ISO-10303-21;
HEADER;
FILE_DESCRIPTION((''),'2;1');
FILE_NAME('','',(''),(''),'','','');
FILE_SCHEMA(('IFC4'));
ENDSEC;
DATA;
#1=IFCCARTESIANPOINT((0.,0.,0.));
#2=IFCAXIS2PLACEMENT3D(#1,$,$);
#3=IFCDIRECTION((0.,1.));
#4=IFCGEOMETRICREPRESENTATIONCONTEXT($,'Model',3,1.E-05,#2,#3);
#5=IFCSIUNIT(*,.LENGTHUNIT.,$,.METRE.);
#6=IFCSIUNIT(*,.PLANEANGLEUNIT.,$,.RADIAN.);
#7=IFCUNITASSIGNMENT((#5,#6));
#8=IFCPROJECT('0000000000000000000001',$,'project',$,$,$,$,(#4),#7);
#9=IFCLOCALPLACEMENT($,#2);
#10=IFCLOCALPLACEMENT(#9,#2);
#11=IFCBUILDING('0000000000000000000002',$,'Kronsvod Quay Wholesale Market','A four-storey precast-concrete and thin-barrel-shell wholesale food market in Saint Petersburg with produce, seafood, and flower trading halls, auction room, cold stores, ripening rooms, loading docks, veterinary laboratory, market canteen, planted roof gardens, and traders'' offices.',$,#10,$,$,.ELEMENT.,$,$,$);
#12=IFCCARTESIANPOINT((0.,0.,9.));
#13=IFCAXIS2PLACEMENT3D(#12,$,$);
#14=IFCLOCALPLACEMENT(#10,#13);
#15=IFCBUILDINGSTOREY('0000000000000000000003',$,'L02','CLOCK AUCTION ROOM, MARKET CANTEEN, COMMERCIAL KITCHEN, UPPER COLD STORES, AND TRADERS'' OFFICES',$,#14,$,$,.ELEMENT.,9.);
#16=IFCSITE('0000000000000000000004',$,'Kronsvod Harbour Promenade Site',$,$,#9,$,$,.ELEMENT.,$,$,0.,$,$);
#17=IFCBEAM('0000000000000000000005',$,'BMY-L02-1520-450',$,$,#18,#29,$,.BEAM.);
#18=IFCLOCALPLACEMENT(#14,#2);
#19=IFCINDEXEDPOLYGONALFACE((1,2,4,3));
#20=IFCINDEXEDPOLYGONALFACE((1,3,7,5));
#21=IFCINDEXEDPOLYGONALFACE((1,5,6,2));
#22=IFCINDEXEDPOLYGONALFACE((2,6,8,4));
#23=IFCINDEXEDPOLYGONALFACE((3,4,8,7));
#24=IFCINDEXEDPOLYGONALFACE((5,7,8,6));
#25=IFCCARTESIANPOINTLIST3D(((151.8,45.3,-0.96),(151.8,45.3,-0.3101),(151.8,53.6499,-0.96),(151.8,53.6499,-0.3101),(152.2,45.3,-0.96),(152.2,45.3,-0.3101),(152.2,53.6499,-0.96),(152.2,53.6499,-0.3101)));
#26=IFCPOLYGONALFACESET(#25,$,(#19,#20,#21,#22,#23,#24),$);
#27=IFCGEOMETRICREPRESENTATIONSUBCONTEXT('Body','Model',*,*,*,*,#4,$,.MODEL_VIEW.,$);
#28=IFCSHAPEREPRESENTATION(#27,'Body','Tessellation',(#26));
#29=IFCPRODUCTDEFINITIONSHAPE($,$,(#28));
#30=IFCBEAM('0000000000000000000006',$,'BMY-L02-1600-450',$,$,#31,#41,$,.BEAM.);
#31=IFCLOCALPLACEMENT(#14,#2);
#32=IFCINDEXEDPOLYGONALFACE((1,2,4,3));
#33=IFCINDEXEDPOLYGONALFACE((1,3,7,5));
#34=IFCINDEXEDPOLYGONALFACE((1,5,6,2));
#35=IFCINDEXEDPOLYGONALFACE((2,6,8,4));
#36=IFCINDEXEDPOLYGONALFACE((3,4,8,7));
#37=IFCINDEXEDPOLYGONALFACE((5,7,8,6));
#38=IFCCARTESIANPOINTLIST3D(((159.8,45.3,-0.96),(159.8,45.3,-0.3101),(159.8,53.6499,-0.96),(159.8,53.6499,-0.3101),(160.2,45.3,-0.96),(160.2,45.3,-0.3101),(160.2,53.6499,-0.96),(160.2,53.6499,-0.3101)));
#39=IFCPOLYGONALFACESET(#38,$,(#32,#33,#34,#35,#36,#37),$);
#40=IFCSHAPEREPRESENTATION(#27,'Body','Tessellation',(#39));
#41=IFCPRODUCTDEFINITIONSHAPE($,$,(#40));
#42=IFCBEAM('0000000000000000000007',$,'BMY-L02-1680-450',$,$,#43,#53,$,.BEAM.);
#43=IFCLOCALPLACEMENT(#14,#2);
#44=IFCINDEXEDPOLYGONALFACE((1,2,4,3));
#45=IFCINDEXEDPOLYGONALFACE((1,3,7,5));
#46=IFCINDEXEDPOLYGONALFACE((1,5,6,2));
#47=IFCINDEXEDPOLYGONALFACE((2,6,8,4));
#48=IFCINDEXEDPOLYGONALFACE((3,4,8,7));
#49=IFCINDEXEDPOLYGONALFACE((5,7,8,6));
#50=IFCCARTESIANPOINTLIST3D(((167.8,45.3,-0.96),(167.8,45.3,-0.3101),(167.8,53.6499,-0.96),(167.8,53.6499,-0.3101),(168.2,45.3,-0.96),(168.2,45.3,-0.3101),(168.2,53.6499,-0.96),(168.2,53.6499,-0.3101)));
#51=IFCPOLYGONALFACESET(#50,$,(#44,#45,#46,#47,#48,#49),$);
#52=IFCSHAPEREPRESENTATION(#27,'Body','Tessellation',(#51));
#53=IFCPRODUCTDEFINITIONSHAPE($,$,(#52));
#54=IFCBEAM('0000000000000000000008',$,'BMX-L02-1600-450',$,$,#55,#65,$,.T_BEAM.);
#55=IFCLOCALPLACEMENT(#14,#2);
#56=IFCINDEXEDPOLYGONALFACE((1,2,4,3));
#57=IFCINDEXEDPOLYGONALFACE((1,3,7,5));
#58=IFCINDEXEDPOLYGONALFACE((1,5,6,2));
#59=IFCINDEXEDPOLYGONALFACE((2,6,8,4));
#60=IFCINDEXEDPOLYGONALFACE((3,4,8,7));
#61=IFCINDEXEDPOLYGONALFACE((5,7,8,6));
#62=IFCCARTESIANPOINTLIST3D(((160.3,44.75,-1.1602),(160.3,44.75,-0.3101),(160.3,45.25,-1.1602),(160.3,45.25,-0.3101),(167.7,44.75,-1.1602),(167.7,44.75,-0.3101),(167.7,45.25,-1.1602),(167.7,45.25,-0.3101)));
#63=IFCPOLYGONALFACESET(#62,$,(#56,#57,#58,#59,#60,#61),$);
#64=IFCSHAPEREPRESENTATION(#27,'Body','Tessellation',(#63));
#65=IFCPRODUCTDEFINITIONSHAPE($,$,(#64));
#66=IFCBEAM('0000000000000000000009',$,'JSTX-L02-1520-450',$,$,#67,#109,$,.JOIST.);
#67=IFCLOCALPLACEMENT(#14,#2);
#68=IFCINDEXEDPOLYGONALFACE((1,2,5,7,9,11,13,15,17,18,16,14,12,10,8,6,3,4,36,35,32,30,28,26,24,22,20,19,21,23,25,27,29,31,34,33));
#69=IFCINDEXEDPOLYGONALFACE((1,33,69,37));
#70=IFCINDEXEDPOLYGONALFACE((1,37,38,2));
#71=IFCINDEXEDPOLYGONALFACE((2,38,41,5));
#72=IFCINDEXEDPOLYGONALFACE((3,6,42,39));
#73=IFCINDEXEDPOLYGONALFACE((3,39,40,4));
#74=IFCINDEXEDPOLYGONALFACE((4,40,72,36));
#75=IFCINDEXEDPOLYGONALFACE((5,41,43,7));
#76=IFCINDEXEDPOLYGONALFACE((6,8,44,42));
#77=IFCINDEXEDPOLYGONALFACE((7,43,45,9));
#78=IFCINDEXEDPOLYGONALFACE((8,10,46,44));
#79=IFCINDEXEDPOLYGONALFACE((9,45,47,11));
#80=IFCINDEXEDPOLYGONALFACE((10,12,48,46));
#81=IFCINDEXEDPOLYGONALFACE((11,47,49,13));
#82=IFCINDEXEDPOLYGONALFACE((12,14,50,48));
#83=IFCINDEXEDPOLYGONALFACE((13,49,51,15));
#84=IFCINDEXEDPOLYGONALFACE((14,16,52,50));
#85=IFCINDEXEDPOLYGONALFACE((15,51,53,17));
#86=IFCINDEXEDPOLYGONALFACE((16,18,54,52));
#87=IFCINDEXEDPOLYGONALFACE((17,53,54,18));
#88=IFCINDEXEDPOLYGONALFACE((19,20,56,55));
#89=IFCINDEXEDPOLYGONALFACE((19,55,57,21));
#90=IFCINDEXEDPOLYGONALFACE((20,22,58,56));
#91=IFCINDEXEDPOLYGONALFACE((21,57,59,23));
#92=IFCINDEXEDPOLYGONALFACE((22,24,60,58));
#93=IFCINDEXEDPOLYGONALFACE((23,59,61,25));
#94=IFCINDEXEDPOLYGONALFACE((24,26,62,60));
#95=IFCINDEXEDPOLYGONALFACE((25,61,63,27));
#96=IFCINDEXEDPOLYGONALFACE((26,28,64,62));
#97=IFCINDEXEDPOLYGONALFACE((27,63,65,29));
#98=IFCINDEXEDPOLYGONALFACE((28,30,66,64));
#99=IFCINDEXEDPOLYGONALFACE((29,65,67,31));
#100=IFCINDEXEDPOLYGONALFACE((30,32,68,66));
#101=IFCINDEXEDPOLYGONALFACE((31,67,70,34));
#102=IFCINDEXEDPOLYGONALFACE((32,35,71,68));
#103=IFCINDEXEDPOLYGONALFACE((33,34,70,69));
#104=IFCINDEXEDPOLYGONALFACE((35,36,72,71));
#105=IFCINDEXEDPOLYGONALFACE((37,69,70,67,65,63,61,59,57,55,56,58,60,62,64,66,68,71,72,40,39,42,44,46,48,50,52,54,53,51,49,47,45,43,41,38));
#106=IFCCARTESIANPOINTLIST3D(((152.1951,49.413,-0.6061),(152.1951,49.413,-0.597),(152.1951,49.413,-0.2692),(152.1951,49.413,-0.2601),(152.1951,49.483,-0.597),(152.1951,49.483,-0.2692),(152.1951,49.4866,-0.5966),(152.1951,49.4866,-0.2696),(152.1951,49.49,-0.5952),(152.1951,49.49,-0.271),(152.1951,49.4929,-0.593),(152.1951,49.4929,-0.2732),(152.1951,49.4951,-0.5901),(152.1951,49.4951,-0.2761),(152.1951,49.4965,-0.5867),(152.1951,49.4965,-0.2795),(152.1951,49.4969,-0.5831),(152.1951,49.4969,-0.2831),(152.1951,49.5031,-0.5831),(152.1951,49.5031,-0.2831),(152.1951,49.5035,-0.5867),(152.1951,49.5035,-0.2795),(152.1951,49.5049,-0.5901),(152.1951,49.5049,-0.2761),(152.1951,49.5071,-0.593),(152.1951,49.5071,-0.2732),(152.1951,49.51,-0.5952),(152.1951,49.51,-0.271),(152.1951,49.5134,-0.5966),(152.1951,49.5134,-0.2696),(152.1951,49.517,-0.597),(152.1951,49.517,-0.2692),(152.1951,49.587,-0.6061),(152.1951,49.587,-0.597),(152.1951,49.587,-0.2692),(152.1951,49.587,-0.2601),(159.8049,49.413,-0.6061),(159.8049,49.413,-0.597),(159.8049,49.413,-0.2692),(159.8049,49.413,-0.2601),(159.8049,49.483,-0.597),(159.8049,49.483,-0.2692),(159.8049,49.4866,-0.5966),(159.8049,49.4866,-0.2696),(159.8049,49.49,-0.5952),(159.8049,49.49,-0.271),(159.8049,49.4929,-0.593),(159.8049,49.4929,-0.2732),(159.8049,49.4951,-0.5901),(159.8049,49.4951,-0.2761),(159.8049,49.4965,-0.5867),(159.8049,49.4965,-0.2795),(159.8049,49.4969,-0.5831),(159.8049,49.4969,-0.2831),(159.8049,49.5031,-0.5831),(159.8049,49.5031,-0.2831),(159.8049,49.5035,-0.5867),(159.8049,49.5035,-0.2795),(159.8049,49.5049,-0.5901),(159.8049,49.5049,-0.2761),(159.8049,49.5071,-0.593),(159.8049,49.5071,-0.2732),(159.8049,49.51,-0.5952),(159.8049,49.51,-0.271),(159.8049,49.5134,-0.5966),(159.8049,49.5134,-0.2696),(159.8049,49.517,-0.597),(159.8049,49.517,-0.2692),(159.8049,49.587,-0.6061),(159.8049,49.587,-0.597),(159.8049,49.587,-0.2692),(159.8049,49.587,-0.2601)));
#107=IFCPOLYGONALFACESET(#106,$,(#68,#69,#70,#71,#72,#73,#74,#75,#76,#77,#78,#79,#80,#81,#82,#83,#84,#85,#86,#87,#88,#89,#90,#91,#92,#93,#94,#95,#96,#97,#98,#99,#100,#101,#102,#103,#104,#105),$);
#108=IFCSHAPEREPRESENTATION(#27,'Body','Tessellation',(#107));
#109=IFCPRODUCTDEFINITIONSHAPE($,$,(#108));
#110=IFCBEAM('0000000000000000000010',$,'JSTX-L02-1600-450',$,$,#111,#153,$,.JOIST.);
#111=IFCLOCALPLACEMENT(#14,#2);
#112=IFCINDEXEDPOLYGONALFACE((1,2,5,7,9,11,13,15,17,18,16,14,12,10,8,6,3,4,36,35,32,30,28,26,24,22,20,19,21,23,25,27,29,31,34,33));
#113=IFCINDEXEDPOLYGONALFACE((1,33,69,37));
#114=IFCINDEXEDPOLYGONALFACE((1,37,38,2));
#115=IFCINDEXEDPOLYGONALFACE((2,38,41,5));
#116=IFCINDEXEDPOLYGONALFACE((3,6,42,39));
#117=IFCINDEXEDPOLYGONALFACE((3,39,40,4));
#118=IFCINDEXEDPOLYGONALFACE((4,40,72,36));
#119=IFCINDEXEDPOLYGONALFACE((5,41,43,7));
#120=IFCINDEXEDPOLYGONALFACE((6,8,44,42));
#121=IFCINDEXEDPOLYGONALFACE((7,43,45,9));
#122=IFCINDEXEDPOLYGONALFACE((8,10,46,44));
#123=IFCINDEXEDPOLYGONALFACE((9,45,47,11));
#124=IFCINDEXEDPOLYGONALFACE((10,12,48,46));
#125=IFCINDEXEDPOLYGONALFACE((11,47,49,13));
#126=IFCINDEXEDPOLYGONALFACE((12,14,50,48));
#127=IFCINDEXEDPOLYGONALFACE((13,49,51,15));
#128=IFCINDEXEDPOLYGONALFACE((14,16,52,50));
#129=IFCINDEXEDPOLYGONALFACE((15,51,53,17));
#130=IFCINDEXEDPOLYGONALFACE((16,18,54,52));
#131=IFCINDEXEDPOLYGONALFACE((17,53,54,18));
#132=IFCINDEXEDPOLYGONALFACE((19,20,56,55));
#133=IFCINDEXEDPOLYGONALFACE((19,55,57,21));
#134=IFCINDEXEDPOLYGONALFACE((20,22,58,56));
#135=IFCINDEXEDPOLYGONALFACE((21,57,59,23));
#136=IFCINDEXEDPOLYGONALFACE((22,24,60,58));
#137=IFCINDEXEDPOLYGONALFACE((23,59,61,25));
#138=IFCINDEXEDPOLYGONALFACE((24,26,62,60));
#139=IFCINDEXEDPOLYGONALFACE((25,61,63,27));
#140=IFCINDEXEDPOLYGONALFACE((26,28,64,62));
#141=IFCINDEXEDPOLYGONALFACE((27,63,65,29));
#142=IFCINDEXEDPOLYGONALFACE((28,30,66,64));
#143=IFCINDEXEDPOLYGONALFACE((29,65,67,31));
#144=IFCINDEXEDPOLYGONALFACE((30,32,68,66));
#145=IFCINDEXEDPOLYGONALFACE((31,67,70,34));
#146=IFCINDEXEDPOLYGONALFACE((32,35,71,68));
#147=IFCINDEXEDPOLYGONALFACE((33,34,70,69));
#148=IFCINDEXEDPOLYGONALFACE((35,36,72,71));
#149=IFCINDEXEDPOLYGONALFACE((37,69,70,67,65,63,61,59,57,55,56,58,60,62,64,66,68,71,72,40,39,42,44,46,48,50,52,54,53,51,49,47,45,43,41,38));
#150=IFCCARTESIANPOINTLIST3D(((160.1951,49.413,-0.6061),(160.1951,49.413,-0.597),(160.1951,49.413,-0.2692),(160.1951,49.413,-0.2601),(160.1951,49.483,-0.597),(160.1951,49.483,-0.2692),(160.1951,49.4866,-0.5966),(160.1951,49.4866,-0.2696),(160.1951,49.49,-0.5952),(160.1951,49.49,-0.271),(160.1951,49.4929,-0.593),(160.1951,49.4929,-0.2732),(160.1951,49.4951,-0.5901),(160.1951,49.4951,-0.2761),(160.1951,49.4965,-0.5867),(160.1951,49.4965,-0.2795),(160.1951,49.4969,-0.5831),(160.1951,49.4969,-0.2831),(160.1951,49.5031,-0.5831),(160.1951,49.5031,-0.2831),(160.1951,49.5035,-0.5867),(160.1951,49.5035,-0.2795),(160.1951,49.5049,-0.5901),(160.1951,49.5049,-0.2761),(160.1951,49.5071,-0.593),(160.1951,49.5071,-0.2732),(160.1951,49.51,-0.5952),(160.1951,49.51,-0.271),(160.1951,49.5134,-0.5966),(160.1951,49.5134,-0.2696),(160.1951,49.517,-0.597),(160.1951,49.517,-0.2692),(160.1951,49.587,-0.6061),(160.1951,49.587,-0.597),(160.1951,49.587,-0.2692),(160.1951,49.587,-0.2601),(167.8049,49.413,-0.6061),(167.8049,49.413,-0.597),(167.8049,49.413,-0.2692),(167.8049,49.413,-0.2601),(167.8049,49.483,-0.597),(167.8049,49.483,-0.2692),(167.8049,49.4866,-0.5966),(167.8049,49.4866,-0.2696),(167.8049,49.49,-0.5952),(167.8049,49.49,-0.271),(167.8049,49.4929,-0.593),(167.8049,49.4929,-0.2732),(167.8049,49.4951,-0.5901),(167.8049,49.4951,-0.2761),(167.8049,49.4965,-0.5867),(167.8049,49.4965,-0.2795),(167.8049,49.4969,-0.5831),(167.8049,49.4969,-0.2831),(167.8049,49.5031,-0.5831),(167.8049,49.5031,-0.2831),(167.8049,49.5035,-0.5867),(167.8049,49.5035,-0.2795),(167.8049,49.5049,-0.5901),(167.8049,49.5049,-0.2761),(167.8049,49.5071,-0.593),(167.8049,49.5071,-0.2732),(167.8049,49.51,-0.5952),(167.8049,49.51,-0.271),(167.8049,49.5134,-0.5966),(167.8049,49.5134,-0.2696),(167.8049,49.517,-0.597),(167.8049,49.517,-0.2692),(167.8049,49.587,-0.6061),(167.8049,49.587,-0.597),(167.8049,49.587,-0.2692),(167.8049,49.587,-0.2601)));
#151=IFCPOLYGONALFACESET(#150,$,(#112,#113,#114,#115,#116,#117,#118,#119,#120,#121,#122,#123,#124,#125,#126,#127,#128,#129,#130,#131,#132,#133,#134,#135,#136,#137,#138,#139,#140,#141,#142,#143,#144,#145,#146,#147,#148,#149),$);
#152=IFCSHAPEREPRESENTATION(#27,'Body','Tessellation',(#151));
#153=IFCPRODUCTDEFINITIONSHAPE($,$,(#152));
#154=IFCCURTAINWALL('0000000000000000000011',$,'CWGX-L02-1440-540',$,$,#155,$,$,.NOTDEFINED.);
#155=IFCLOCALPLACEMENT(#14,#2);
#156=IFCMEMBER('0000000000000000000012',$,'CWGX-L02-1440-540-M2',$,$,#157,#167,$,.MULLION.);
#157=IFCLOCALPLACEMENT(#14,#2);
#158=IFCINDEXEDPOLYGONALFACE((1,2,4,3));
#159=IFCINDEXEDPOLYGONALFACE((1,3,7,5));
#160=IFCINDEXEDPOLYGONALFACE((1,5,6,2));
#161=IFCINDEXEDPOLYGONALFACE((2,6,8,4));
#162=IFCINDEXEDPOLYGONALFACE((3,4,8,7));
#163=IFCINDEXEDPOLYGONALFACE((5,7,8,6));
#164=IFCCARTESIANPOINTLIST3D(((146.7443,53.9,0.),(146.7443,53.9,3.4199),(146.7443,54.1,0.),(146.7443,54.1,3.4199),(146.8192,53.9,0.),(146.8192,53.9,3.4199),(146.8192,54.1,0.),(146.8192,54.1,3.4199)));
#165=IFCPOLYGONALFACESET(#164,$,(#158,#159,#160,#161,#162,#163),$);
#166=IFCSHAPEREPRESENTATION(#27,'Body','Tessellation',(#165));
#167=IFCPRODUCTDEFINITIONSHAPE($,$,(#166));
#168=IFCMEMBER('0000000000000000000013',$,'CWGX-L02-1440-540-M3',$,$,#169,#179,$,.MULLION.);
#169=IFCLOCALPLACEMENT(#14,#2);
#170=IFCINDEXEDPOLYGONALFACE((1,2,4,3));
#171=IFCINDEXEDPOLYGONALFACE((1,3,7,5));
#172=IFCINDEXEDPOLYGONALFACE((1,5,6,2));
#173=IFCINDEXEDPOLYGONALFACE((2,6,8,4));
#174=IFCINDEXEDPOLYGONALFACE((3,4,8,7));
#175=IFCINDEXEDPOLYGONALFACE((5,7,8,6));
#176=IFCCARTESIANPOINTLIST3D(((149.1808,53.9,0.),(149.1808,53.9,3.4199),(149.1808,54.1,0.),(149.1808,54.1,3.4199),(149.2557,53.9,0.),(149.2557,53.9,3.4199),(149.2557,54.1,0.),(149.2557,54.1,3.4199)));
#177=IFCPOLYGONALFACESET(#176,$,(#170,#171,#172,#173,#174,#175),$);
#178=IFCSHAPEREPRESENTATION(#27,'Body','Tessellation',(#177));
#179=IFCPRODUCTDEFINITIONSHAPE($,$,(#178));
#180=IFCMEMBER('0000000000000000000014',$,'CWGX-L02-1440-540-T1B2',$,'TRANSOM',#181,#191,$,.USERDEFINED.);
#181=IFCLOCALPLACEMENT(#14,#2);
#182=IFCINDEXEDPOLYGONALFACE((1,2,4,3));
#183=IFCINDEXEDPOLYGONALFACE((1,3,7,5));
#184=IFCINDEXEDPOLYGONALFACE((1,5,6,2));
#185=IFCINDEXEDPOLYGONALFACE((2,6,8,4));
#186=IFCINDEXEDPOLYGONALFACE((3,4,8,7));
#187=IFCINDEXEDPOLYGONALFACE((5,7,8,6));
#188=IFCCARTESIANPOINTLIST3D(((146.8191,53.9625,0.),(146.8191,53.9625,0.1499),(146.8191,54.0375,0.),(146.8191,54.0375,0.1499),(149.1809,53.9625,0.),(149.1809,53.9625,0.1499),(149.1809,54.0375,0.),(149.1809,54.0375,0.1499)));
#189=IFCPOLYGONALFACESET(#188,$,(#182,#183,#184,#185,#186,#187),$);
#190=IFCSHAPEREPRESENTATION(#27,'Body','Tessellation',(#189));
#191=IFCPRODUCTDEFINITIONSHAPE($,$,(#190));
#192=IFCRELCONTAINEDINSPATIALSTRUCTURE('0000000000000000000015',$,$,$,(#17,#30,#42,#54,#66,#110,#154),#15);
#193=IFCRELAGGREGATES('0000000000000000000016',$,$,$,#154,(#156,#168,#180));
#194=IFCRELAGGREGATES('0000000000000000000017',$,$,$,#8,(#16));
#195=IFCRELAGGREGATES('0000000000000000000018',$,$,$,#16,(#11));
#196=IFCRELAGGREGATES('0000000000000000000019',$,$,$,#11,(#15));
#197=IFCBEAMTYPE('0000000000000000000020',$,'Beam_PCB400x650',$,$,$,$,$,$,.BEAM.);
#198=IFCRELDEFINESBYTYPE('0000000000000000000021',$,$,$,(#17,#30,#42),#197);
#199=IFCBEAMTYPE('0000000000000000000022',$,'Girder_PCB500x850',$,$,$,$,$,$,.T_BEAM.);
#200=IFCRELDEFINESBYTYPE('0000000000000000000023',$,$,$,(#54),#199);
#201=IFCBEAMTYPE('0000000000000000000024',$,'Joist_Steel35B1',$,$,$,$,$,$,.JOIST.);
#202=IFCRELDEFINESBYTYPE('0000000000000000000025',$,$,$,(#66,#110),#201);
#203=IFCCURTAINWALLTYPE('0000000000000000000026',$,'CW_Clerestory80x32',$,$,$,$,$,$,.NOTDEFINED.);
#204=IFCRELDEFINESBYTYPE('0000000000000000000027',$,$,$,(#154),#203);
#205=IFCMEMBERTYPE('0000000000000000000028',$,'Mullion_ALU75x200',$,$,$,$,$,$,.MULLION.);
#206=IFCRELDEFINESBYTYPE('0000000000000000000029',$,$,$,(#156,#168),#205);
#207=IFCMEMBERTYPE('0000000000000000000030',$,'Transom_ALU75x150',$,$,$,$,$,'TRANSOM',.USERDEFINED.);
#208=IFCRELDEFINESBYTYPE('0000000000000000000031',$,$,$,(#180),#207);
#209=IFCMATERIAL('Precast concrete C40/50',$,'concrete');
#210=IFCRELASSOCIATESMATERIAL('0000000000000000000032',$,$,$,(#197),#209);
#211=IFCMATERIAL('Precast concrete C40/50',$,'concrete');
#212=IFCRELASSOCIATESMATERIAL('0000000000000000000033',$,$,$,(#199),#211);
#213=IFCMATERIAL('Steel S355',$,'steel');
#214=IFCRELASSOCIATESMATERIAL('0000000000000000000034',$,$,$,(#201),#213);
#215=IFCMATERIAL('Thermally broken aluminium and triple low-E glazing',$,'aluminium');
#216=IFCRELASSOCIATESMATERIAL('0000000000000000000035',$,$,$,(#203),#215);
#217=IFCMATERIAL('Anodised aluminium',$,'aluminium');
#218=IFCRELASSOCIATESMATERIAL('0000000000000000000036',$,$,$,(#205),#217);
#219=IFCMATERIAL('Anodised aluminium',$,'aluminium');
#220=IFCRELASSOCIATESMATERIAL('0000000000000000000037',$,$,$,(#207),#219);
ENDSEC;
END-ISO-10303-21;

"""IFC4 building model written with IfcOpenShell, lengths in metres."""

from ifc_helpers import new_model, si_unit, direction, frame, origin, origin_2d, place, context, subcontext, project, spatial, rectangle, i_section, extrude, material, material_profile, profile_set, type_object, element, aggregate, save


model = new_model("IFC4")

# Units and contexts
model_context = context("Model", 3, precision=1e-05, world=origin(), true_north=direction((0.0, 1.0)))
body_context = subcontext(model_context, "Body", "Model", "MODEL_VIEW")
ifc_project = project(units=[si_unit("LENGTHUNIT", "METRE"), si_unit("PLANEANGLEUNIT", "RADIAN")], contexts=[model_context])

# Site, building, storey
site_placement = place(None, origin())
site = spatial("IfcSite", under=ifc_project, at=site_placement, Name="Kronsvod Harbour Promenade Site", CompositionType="ELEMENT", RefElevation=0.0)
building_placement = place(site_placement, origin())
building = spatial("IfcBuilding", under=site, at=building_placement, Name="Kronsvod Quay Wholesale Market", Description="A four-storey precast-concrete and thin-barrel-shell wholesale food market in Saint Petersburg with produce, seafood, and flower trading halls, auction room, cold stores, ripening rooms, loading docks, veterinary laboratory, market canteen, planted roof gardens, and traders' offices.", CompositionType="ELEMENT")
storey_placement = place(building_placement, frame((0.0, 0.0, 9.0)))
storey = spatial("IfcBuildingStorey", under=building, at=storey_placement, Name="L02", Description="CLOCK AUCTION ROOM, MARKET CANTEEN, COMMERCIAL KITCHEN, UPPER COLD STORES, AND TRADERS' OFFICES", CompositionType="ELEMENT", Elevation=9.0)

# Beams
ifc_material_1 = material(Name="Precast concrete C40/50", Category="concrete")
ifc_material_profile_1 = material_profile(ifc_material_1, rectangle(XDim=0.3999, YDim=0.6499, at=origin_2d()), Name="PCB400x650")
ifc_profile_set_1 = profile_set([ifc_material_profile_1], Name="Precast concrete C40/50")
beam_type_1 = type_object("IfcBeamType", Name="Beam_PCB400x650", PredefinedType="BEAM", material=ifc_profile_set_1)
for number, where, z_axis, x_axis, name in (
    (1, (152.0, 45.3, -0.635), (0.0, 1.0, 0.0), (-1.0, 0.0, 0.0), "BMY-L02-1520-450"),
    (2, (160.0, 45.3, -0.635), (0.0, 1.0, 0.0), (-1.0, 0.0, 0.0), "BMY-L02-1600-450"),
    (3, (168.0, 45.3, -0.635), (0.0, 1.0, 0.0), (-1.0, 0.0, 0.0), "BMY-L02-1680-450"),
):
    element("IfcBeam", number, at=place(storey_placement, frame(where, z_axis=z_axis, x_axis=x_axis)), inside=storey, type_object=beam_type_1, Name=name, PredefinedType="BEAM", context=body_context, shape_type="SweptSolid", body=[
        extrude(rectangle(XDim=0.3999, YDim=0.6499, at=origin_2d()), origin(), (0.0, 0.0, 1.0), 8.3499),
    ])
ifc_material_2 = material(Name="Precast concrete C40/50", Category="concrete")
ifc_material_profile_2 = material_profile(ifc_material_2, rectangle(XDim=0.5, YDim=0.8501, at=origin_2d()), Name="PCB500x850")
ifc_profile_set_2 = profile_set([ifc_material_profile_2], Name="Precast concrete C40/50")
beam_type_2 = type_object("IfcBeamType", Name="Girder_PCB500x850", PredefinedType="T_BEAM", material=ifc_profile_set_2)
beam_placement = place(storey_placement, frame((160.3, 45.0, -0.7351), z_axis=(1.0, 0.0, 0.0), x_axis=(0.0, 1.0, 0.0)))
element("IfcBeam", 4, at=beam_placement, inside=storey, type_object=beam_type_2, Name="BMX-L02-1600-450", PredefinedType="T_BEAM", context=body_context, shape_type="SweptSolid", body=[
    extrude(rectangle(XDim=0.5, YDim=0.8501, at=origin_2d()), origin(), (0.0, 0.0, 1.0), 7.3999),
])
ifc_material_3 = material(Name="Steel S355", Category="steel")
ifc_material_profile_3 = material_profile(ifc_material_3, i_section(OverallWidth=0.1741, OverallDepth=0.3459, WebThickness=0.0061, FlangeThickness=0.009, FilletRadius=0.0139, at=origin_2d()), Name="35B1")
ifc_profile_set_3 = profile_set([ifc_material_profile_3], Name="Steel S355")
beam_type_3 = type_object("IfcBeamType", Name="Joist_Steel35B1", PredefinedType="JOIST", material=ifc_profile_set_3)
for number, where, z_axis, x_axis, name in (
    (5, (152.1951, 49.5, -0.4331), (1.0, 0.0, 0.0), (0.0, 1.0, 0.0), "JSTX-L02-1520-450"),
    (6, (160.1951, 49.5, -0.4331), (1.0, 0.0, 0.0), (0.0, 1.0, 0.0), "JSTX-L02-1600-450"),
):
    element("IfcBeam", number, at=place(storey_placement, frame(where, z_axis=z_axis, x_axis=x_axis)), inside=storey, type_object=beam_type_3, Name=name, PredefinedType="JOIST", context=body_context, shape_type="SweptSolid", body=[
        extrude(i_section(OverallWidth=0.1741, OverallDepth=0.3459, WebThickness=0.0061, FlangeThickness=0.009, FilletRadius=0.0139, at=origin_2d()), origin(), (0.0, 0.0, 1.0), 7.6099),
    ])

# Curtain wall, members
ifc_material_4 = material(Name="Thermally broken aluminium and triple low-E glazing", Category="aluminium")
curtain_wall_type = type_object("IfcCurtainWallType", Name="CW_Clerestory80x32", PredefinedType="NOTDEFINED", material=ifc_material_4)
curtain_wall_placement = place(storey_placement, origin())
curtain_wall = element("IfcCurtainWall", 7, at=curtain_wall_placement, inside=storey, type_object=curtain_wall_type, Name="CWGX-L02-1440-540", PredefinedType="NOTDEFINED")
ifc_material_5 = material(Name="Anodised aluminium", Category="aluminium")
ifc_material_profile_4 = material_profile(ifc_material_5, rectangle(XDim=0.075, YDim=0.2, at=origin_2d()), Name="ALUM75x200")
ifc_profile_set_4 = profile_set([ifc_material_profile_4], Name="Anodised aluminium")
member_type_1 = type_object("IfcMemberType", Name="Mullion_ALU75x200", PredefinedType="MULLION", material=ifc_profile_set_4)
member_1_placement = place(storey_placement, frame((146.7817, 54.0, 0.0), z_axis=(0.0, 0.0, 1.0), x_axis=(1.0, 0.0, 0.0)))
member_1 = element("IfcMember", 8, at=member_1_placement, type_object=member_type_1, Name="CWGX-L02-1440-540-M2", PredefinedType="MULLION", context=body_context, shape_type="SweptSolid", body=[
    extrude(rectangle(XDim=0.075, YDim=0.2, at=origin_2d()), origin(), (0.0, 0.0, 1.0), 3.4199),
])
member_2_placement = place(storey_placement, frame((149.2183, 54.0, 0.0), z_axis=(0.0, 0.0, 1.0), x_axis=(1.0, 0.0, 0.0)))
member_2 = element("IfcMember", 9, at=member_2_placement, type_object=member_type_1, Name="CWGX-L02-1440-540-M3", PredefinedType="MULLION", context=body_context, shape_type="SweptSolid", body=[
    extrude(rectangle(XDim=0.075, YDim=0.2, at=origin_2d()), origin(), (0.0, 0.0, 1.0), 3.4199),
])
ifc_material_6 = material(Name="Anodised aluminium", Category="aluminium")
ifc_material_profile_5 = material_profile(ifc_material_6, rectangle(XDim=0.075, YDim=0.1499, at=origin_2d()), Name="ALUT75x150")
ifc_profile_set_5 = profile_set([ifc_material_profile_5], Name="Anodised aluminium")
member_type_2 = type_object("IfcMemberType", Name="Transom_ALU75x150", ElementType="TRANSOM", PredefinedType="USERDEFINED", material=ifc_profile_set_5)
member_3_placement = place(storey_placement, frame((146.8191, 54.0, 0.075), z_axis=(1.0, 0.0, 0.0), x_axis=(0.0, 1.0, 0.0)))
member_3 = element("IfcMember", 10, at=member_3_placement, type_object=member_type_2, Name="CWGX-L02-1440-540-T1B2", ObjectType="TRANSOM", PredefinedType="USERDEFINED", context=body_context, shape_type="SweptSolid", body=[
    extrude(rectangle(XDim=0.075, YDim=0.1499, at=origin_2d()), origin(), (0.0, 0.0, 1.0), 2.3618),
])
aggregate(curtain_wall, [member_1, member_2, member_3])

save(model, "model.ifc")
